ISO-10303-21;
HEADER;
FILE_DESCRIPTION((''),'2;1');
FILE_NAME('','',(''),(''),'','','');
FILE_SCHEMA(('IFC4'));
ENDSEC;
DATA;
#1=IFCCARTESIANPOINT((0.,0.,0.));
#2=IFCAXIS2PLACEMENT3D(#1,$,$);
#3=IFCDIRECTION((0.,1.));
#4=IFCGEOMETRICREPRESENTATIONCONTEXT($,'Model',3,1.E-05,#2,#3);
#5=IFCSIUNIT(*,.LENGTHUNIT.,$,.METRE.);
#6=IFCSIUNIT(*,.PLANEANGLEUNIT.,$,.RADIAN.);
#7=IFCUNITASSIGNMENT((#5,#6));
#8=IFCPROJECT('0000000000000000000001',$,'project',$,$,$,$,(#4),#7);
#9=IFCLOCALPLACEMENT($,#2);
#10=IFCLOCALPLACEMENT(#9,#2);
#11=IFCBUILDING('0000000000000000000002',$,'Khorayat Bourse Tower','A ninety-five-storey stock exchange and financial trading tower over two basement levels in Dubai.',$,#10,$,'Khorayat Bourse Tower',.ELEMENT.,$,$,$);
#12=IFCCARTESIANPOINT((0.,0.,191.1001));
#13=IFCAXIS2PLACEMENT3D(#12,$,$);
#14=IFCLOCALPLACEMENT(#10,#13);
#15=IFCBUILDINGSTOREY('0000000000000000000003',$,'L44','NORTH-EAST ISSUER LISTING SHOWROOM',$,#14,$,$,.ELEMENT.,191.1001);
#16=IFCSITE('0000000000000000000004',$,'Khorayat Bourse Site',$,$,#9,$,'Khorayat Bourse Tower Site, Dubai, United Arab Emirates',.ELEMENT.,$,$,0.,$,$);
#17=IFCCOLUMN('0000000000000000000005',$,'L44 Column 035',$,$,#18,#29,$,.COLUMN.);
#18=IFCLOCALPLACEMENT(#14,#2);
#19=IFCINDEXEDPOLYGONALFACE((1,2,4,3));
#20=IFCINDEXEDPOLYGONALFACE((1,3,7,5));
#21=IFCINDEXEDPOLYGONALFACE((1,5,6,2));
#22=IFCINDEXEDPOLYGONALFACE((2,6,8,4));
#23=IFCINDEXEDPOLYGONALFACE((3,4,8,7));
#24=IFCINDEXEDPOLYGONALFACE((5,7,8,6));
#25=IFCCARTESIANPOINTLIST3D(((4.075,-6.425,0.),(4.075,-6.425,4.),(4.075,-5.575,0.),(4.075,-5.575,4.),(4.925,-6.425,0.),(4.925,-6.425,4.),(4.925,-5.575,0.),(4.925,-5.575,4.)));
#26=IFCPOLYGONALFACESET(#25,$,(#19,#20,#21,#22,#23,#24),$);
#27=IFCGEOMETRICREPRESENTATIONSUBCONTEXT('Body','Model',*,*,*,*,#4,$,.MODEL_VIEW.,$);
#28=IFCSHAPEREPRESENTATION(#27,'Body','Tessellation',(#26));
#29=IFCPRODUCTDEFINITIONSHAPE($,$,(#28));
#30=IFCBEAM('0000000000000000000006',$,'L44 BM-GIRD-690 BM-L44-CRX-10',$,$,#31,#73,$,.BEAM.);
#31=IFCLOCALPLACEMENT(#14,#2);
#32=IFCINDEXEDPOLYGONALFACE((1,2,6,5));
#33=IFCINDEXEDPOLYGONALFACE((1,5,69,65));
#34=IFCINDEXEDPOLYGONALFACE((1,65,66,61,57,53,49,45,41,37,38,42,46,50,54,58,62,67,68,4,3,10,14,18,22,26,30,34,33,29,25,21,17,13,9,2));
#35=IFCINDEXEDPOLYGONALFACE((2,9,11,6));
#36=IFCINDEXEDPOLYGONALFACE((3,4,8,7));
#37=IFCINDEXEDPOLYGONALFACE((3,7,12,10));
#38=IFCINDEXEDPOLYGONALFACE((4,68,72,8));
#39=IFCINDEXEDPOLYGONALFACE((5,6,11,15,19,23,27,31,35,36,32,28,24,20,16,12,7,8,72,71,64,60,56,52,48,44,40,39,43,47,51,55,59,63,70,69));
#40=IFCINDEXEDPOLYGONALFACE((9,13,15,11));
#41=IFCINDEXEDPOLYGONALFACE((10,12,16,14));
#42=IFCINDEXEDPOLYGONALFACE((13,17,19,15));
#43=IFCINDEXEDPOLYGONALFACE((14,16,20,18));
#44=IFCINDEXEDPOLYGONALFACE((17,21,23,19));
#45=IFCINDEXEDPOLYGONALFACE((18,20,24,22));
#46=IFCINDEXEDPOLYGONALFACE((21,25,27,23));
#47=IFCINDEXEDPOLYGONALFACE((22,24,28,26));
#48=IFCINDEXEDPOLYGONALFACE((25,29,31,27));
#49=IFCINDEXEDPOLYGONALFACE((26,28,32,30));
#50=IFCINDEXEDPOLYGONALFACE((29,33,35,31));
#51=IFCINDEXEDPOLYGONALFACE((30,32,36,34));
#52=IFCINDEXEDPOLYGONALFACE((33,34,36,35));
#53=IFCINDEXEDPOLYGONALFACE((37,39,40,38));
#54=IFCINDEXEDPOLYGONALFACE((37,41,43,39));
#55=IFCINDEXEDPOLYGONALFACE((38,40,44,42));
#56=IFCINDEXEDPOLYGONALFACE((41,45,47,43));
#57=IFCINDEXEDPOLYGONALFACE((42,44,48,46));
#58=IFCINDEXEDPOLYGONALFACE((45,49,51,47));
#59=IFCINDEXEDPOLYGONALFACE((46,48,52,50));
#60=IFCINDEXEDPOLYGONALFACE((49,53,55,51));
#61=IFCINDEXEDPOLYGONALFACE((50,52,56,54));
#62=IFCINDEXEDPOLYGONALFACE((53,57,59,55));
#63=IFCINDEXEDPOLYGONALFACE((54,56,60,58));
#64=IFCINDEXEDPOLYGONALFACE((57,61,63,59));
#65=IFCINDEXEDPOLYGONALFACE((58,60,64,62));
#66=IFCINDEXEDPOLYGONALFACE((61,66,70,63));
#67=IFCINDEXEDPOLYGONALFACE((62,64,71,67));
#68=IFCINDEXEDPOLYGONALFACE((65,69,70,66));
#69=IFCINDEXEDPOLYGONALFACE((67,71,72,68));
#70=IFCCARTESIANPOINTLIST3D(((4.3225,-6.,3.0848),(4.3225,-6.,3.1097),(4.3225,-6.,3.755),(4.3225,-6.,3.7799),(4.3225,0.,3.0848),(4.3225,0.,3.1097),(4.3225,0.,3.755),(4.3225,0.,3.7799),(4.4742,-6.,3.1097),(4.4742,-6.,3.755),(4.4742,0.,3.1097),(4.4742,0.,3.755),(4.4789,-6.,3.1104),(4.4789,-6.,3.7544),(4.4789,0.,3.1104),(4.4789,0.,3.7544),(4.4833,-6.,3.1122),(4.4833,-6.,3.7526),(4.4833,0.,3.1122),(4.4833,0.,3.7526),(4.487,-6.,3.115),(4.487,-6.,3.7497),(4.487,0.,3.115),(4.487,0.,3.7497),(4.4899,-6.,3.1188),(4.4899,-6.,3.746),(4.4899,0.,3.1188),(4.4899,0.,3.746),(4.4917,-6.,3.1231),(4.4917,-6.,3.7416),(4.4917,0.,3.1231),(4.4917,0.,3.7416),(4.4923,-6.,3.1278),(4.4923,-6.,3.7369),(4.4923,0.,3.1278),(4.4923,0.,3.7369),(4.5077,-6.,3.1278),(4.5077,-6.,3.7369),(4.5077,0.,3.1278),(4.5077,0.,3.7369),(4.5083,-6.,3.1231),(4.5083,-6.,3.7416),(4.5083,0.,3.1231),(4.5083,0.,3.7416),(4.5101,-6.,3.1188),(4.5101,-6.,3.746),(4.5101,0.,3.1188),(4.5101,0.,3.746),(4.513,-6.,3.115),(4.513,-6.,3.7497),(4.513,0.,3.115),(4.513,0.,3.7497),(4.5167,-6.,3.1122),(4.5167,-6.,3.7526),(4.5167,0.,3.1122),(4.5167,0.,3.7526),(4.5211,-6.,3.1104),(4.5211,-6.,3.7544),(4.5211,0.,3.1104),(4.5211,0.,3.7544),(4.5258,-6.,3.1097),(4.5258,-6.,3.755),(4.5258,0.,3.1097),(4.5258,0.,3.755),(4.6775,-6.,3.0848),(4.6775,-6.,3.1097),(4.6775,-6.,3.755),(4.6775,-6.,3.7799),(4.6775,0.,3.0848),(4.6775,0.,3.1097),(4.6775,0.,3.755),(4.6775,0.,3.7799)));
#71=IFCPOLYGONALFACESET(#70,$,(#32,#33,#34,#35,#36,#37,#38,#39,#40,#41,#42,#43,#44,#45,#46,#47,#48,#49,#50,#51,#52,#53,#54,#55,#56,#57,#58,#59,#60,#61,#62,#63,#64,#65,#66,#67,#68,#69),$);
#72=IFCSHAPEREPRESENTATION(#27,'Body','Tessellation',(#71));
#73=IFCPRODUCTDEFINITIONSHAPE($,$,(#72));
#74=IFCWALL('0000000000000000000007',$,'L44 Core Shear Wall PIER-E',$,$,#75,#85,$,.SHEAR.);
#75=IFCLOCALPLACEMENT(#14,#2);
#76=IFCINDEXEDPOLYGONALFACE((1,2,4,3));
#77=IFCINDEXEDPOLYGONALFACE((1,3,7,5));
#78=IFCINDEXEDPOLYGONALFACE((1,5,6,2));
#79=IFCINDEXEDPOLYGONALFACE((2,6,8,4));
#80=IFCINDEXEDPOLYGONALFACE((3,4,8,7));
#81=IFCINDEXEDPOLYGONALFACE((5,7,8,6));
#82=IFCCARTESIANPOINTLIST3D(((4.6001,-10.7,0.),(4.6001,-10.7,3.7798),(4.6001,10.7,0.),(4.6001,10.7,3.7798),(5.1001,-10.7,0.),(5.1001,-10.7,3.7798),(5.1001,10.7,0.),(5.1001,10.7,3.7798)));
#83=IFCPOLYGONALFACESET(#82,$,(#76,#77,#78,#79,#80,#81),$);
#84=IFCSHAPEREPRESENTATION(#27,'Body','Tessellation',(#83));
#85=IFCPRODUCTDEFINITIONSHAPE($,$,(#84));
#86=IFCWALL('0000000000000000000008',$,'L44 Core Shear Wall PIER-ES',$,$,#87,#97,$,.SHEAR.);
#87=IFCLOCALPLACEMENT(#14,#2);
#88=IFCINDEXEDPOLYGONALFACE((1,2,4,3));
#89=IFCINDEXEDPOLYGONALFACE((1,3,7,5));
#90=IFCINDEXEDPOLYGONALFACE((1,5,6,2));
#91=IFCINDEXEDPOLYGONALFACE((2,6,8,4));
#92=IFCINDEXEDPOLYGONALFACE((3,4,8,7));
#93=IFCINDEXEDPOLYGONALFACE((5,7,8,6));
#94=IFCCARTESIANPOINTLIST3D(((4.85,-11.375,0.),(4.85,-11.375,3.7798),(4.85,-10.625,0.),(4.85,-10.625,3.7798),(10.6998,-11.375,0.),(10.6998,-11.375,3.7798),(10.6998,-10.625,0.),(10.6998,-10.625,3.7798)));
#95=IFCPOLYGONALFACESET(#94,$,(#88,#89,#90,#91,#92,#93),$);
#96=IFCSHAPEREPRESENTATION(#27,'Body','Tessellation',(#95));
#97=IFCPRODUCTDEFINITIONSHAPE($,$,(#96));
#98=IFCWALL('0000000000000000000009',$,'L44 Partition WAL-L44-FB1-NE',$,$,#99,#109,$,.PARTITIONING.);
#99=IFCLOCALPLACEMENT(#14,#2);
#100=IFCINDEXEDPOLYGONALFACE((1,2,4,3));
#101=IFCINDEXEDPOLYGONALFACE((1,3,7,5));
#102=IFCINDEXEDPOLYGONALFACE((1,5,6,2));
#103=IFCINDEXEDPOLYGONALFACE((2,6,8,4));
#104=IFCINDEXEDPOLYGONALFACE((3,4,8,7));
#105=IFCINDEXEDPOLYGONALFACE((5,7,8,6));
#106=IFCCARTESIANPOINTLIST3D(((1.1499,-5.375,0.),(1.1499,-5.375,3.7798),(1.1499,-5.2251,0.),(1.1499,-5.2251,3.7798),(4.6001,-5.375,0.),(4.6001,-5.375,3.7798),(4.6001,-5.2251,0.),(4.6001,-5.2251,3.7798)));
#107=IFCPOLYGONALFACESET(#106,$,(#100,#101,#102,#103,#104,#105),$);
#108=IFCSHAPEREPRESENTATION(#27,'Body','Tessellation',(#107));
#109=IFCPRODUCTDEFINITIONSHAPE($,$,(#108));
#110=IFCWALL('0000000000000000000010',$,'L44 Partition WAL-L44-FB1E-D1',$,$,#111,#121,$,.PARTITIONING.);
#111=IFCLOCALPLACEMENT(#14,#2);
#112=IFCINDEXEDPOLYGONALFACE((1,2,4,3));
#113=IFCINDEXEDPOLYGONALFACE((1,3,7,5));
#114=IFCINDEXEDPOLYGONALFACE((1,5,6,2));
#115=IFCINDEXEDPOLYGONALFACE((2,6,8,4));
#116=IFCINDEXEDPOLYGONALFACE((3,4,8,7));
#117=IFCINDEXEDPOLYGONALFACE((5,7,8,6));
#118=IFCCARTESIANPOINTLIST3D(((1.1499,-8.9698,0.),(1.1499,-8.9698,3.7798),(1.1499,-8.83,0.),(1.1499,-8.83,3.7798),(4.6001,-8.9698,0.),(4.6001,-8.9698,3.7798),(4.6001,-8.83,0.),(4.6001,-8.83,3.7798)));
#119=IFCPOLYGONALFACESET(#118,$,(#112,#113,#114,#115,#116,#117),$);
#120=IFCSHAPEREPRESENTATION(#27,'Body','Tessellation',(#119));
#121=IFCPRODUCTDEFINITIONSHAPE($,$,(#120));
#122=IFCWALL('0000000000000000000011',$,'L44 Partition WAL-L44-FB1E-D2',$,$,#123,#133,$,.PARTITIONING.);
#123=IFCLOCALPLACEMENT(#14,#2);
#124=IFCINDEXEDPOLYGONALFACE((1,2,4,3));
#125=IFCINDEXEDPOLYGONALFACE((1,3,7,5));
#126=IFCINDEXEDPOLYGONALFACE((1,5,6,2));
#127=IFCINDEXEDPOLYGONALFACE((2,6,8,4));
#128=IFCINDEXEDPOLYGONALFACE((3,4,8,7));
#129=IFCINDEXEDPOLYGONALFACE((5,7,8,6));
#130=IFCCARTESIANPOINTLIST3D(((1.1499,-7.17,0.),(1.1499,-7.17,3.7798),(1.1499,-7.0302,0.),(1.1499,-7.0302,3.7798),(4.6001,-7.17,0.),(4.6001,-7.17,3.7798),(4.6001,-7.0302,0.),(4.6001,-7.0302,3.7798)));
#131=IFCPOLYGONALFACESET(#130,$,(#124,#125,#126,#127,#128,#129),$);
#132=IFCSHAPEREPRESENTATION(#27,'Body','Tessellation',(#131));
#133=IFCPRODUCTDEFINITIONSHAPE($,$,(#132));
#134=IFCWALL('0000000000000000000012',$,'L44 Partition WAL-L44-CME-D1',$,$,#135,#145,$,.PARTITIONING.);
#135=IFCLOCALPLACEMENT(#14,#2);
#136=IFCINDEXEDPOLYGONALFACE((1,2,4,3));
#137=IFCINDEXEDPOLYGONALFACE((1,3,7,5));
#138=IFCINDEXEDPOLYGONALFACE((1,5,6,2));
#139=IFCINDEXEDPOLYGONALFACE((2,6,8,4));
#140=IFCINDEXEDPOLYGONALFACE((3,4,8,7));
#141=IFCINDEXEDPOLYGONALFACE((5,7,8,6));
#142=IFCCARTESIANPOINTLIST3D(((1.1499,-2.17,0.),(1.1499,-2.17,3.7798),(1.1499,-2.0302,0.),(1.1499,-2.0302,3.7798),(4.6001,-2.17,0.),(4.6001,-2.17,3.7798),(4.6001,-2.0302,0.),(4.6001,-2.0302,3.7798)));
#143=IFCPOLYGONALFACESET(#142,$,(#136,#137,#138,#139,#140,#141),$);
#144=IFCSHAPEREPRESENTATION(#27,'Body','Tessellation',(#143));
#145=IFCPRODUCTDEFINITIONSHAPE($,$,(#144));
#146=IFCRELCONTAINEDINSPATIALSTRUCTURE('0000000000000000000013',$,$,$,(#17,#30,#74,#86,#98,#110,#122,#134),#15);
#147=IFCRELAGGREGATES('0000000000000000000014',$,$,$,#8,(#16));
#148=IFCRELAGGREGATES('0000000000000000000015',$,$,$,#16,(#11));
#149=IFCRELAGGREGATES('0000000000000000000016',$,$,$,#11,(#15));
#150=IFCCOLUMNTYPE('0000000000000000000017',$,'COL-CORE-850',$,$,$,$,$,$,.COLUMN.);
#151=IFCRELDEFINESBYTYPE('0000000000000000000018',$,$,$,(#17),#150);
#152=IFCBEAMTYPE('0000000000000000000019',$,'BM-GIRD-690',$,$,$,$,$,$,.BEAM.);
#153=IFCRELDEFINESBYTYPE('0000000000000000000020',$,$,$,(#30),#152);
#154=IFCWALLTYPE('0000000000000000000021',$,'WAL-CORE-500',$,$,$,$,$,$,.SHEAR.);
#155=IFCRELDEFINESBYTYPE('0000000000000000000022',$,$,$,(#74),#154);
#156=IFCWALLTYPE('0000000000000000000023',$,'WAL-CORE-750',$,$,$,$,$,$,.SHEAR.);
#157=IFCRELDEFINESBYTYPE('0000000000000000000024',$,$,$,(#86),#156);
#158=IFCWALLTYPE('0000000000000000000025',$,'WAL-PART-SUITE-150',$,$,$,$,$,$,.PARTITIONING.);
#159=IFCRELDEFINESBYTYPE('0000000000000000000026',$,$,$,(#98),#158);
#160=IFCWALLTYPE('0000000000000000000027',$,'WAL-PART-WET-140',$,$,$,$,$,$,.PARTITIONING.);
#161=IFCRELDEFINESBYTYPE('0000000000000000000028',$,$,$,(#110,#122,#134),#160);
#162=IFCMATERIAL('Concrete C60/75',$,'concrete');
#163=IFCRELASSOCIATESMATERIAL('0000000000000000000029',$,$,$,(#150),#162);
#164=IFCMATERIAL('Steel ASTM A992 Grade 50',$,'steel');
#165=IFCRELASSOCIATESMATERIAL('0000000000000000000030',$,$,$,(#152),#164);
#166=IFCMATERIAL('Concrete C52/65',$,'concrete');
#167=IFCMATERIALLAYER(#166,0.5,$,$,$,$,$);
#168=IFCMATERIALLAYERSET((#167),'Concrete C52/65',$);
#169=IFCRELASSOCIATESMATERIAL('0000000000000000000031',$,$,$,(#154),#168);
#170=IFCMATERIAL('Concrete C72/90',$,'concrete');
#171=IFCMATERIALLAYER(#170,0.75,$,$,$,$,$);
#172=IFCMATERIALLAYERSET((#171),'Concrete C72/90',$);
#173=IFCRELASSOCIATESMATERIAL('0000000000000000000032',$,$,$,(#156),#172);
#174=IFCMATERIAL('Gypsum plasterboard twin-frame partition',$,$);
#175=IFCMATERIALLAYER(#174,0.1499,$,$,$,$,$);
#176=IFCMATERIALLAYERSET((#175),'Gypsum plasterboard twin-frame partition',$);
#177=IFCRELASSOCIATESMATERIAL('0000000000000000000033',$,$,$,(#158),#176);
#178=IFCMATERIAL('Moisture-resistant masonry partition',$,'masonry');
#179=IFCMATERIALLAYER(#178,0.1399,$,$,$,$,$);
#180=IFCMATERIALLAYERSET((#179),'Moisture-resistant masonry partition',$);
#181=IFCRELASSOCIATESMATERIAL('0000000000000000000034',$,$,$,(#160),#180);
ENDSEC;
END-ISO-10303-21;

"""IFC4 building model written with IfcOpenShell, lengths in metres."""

from ifc_helpers import new_model, si_unit, direction, frame, frame_2d, origin, origin_2d, place, context, subcontext, project, spatial, rectangle, i_section, extrude, source, transform, mapped, material, layer, layer_set, material_profile, profile_set, type_object, element, save


model = new_model("IFC4")

# Units and contexts
model_context = context("Model", 3, precision=1e-05, world=origin(), true_north=direction((0.0, 1.0)))
body_context = subcontext(model_context, "Body", "Model", "MODEL_VIEW")
ifc_project = project(units=[si_unit("LENGTHUNIT", "METRE"), si_unit("PLANEANGLEUNIT", "RADIAN")], contexts=[model_context])

# Site, building, storey
site_placement = place(None, origin())
site = spatial("IfcSite", under=ifc_project, at=site_placement, Name="Khorayat Bourse Site", LongName="Khorayat Bourse Tower Site, Dubai, United Arab Emirates", CompositionType="ELEMENT", RefElevation=0.0)
building_placement = place(site_placement, origin())
building = spatial("IfcBuilding", under=site, at=building_placement, Name="Khorayat Bourse Tower", Description="A ninety-five-storey stock exchange and financial trading tower over two basement levels in Dubai.", LongName="Khorayat Bourse Tower", CompositionType="ELEMENT")
storey_placement = place(building_placement, frame((0.0, 0.0, 191.1001)))
storey = spatial("IfcBuildingStorey", under=building, at=storey_placement, Name="L44", Description="NORTH-EAST ISSUER LISTING SHOWROOM", CompositionType="ELEMENT", Elevation=191.1001)

# Column
ifc_material_1 = material(Name="Concrete C60/75", Category="concrete")
ifc_material_profile_1 = material_profile(ifc_material_1, rectangle(XDim=0.8501, YDim=0.8501, at=origin_2d()), Name="RC 850x850")
ifc_profile_set_1 = profile_set([ifc_material_profile_1], Name="Concrete C60/75")
column_type = type_object("IfcColumnType", Name="COL-CORE-850", PredefinedType="COLUMN", material=ifc_profile_set_1)
shared_shape_1 = source(origin(), body_context, "Body", "SweptSolid", [
    extrude(rectangle(XDim=0.8501, YDim=0.8501, at=origin_2d()), origin(), (0.0, 0.0, 1.0), 4.0),
])
column_placement = place(storey_placement, frame((4.5, -6.0, 0.0), z_axis=(0.0, 0.0, 1.0), x_axis=(1.0, 0.0, 0.0)))
element("IfcColumn", 1, at=column_placement, inside=storey, type_object=column_type, Name="L44 Column 035", PredefinedType="COLUMN", context=body_context, shape_type="MappedRepresentation", body=[
    mapped(shared_shape_1, transform((0.0, 0.0, 0.0), scale=1.0)),
])

# Beam
ifc_material_2 = material(Name="Steel ASTM A992 Grade 50", Category="steel")
ifc_material_profile_2 = material_profile(ifc_material_2, i_section(OverallWidth=0.355, OverallDepth=0.6951, WebThickness=0.0154, FlangeThickness=0.0249, FilletRadius=0.0181, at=origin_2d()), Name="W690X217")
ifc_profile_set_2 = profile_set([ifc_material_profile_2], Name="Steel ASTM A992 Grade 50")
beam_type = type_object("IfcBeamType", Name="BM-GIRD-690", PredefinedType="BEAM", material=ifc_profile_set_2)
shared_shape_2 = source(origin(), body_context, "Body", "SweptSolid", [
    extrude(i_section(OverallWidth=0.355, OverallDepth=0.6951, WebThickness=0.0154, FlangeThickness=0.0249, FilletRadius=0.0181, at=origin_2d()), origin(), (0.0, 0.0, 1.0), 6.0),
])
beam_placement = place(storey_placement, frame((4.5, -6.0, 3.4324), z_axis=(0.0, 1.0, 0.0), x_axis=(-1.0, 0.0, 0.0)))
element("IfcBeam", 2, at=beam_placement, inside=storey, type_object=beam_type, Name="L44 BM-GIRD-690 BM-L44-CRX-10", PredefinedType="BEAM", context=body_context, shape_type="MappedRepresentation", body=[
    mapped(shared_shape_2, transform((0.0, 0.0, 0.0), scale=1.0)),
])

# Walls
ifc_material_3 = material(Name="Concrete C52/65", Category="concrete")
ifc_layer_1 = layer(ifc_material_3, 0.5)
ifc_layer_set_1 = layer_set([ifc_layer_1], Name="Concrete C52/65")
wall_type_1 = type_object("IfcWallType", Name="WAL-CORE-500", PredefinedType="SHEAR", material=ifc_layer_set_1)
shared_shape_3 = source(origin(), body_context, "Body", "SweptSolid", [
    extrude(rectangle(XDim=21.3999, YDim=0.5, at=frame_2d((10.7, 0.0))), origin(), (0.0, 0.0, 1.0), 3.7798),
])
wall_1_placement = place(storey_placement, frame((4.8501, -10.7, 0.0), z_axis=(0.0, 0.0, 1.0), x_axis=(0.0, 1.0, 0.0)))
element("IfcWall", 3, at=wall_1_placement, inside=storey, type_object=wall_type_1, Name="L44 Core Shear Wall PIER-E", PredefinedType="SHEAR", context=body_context, shape_type="MappedRepresentation", body=[
    mapped(shared_shape_3, transform((0.0, 0.0, 0.0), scale=1.0)),
])
ifc_material_4 = material(Name="Concrete C72/90", Category="concrete")
ifc_layer_2 = layer(ifc_material_4, 0.75)
ifc_layer_set_2 = layer_set([ifc_layer_2], Name="Concrete C72/90")
wall_type_2 = type_object("IfcWallType", Name="WAL-CORE-750", PredefinedType="SHEAR", material=ifc_layer_set_2)
shared_shape_4 = source(origin(), body_context, "Body", "SweptSolid", [
    extrude(rectangle(XDim=5.8499, YDim=0.75, at=frame_2d((2.9248, 0.0))), origin(), (0.0, 0.0, 1.0), 3.7798),
])
wall_2_placement = place(storey_placement, frame((4.8501, -11.0, 0.0), z_axis=(0.0, 0.0, 1.0), x_axis=(1.0, 0.0, 0.0)))
element("IfcWall", 4, at=wall_2_placement, inside=storey, type_object=wall_type_2, Name="L44 Core Shear Wall PIER-ES", PredefinedType="SHEAR", context=body_context, shape_type="MappedRepresentation", body=[
    mapped(shared_shape_4, transform((0.0, 0.0, 0.0), scale=1.0)),
])
ifc_material_5 = material(Name="Gypsum plasterboard twin-frame partition")
ifc_layer_3 = layer(ifc_material_5, 0.1499)
ifc_layer_set_3 = layer_set([ifc_layer_3], Name="Gypsum plasterboard twin-frame partition")
wall_type_3 = type_object("IfcWallType", Name="WAL-PART-SUITE-150", PredefinedType="PARTITIONING", material=ifc_layer_set_3)
shared_shape_5 = source(origin(), body_context, "Body", "SweptSolid", [
    extrude(rectangle(XDim=3.4502, YDim=0.1499, at=frame_2d((1.7251, 0.0))), origin(), (0.0, 0.0, 1.0), 3.7798),
])
wall_3_placement = place(storey_placement, frame((1.1499, -5.3, 0.0), z_axis=(0.0, 0.0, 1.0), x_axis=(1.0, 0.0, 0.0)))
element("IfcWall", 5, at=wall_3_placement, inside=storey, type_object=wall_type_3, Name="L44 Partition WAL-L44-FB1-NE", PredefinedType="PARTITIONING", context=body_context, shape_type="MappedRepresentation", body=[
    mapped(shared_shape_5, transform((0.0, 0.0, 0.0), scale=1.0)),
])
ifc_material_6 = material(Name="Moisture-resistant masonry partition", Category="masonry")
ifc_layer_4 = layer(ifc_material_6, 0.1399)
ifc_layer_set_4 = layer_set([ifc_layer_4], Name="Moisture-resistant masonry partition")
wall_type_4 = type_object("IfcWallType", Name="WAL-PART-WET-140", PredefinedType="PARTITIONING", material=ifc_layer_set_4)
shared_shape_6 = source(origin(), body_context, "Body", "SweptSolid", [
    extrude(rectangle(XDim=3.4502, YDim=0.1399, at=frame_2d((1.7251, 0.0))), origin(), (0.0, 0.0, 1.0), 3.7798),
])
for number, where, z_axis, x_axis, name in (
    (6, (1.1499, -8.8999, 0.0), (0.0, 0.0, 1.0), (1.0, 0.0, 0.0), "L44 Partition WAL-L44-FB1E-D1"),
    (7, (1.1499, -7.1001, 0.0), (0.0, 0.0, 1.0), (1.0, 0.0, 0.0), "L44 Partition WAL-L44-FB1E-D2"),
    (8, (1.1499, -2.1001, 0.0), (0.0, 0.0, 1.0), (1.0, 0.0, 0.0), "L44 Partition WAL-L44-CME-D1"),
):
    element("IfcWall", number, at=place(storey_placement, frame(where, z_axis=z_axis, x_axis=x_axis)), inside=storey, type_object=wall_type_4, Name=name, PredefinedType="PARTITIONING", context=body_context, shape_type="MappedRepresentation", body=[
        mapped(shared_shape_6, transform((0.0, 0.0, 0.0), scale=1.0)),
    ])

save(model, "model.ifc")
